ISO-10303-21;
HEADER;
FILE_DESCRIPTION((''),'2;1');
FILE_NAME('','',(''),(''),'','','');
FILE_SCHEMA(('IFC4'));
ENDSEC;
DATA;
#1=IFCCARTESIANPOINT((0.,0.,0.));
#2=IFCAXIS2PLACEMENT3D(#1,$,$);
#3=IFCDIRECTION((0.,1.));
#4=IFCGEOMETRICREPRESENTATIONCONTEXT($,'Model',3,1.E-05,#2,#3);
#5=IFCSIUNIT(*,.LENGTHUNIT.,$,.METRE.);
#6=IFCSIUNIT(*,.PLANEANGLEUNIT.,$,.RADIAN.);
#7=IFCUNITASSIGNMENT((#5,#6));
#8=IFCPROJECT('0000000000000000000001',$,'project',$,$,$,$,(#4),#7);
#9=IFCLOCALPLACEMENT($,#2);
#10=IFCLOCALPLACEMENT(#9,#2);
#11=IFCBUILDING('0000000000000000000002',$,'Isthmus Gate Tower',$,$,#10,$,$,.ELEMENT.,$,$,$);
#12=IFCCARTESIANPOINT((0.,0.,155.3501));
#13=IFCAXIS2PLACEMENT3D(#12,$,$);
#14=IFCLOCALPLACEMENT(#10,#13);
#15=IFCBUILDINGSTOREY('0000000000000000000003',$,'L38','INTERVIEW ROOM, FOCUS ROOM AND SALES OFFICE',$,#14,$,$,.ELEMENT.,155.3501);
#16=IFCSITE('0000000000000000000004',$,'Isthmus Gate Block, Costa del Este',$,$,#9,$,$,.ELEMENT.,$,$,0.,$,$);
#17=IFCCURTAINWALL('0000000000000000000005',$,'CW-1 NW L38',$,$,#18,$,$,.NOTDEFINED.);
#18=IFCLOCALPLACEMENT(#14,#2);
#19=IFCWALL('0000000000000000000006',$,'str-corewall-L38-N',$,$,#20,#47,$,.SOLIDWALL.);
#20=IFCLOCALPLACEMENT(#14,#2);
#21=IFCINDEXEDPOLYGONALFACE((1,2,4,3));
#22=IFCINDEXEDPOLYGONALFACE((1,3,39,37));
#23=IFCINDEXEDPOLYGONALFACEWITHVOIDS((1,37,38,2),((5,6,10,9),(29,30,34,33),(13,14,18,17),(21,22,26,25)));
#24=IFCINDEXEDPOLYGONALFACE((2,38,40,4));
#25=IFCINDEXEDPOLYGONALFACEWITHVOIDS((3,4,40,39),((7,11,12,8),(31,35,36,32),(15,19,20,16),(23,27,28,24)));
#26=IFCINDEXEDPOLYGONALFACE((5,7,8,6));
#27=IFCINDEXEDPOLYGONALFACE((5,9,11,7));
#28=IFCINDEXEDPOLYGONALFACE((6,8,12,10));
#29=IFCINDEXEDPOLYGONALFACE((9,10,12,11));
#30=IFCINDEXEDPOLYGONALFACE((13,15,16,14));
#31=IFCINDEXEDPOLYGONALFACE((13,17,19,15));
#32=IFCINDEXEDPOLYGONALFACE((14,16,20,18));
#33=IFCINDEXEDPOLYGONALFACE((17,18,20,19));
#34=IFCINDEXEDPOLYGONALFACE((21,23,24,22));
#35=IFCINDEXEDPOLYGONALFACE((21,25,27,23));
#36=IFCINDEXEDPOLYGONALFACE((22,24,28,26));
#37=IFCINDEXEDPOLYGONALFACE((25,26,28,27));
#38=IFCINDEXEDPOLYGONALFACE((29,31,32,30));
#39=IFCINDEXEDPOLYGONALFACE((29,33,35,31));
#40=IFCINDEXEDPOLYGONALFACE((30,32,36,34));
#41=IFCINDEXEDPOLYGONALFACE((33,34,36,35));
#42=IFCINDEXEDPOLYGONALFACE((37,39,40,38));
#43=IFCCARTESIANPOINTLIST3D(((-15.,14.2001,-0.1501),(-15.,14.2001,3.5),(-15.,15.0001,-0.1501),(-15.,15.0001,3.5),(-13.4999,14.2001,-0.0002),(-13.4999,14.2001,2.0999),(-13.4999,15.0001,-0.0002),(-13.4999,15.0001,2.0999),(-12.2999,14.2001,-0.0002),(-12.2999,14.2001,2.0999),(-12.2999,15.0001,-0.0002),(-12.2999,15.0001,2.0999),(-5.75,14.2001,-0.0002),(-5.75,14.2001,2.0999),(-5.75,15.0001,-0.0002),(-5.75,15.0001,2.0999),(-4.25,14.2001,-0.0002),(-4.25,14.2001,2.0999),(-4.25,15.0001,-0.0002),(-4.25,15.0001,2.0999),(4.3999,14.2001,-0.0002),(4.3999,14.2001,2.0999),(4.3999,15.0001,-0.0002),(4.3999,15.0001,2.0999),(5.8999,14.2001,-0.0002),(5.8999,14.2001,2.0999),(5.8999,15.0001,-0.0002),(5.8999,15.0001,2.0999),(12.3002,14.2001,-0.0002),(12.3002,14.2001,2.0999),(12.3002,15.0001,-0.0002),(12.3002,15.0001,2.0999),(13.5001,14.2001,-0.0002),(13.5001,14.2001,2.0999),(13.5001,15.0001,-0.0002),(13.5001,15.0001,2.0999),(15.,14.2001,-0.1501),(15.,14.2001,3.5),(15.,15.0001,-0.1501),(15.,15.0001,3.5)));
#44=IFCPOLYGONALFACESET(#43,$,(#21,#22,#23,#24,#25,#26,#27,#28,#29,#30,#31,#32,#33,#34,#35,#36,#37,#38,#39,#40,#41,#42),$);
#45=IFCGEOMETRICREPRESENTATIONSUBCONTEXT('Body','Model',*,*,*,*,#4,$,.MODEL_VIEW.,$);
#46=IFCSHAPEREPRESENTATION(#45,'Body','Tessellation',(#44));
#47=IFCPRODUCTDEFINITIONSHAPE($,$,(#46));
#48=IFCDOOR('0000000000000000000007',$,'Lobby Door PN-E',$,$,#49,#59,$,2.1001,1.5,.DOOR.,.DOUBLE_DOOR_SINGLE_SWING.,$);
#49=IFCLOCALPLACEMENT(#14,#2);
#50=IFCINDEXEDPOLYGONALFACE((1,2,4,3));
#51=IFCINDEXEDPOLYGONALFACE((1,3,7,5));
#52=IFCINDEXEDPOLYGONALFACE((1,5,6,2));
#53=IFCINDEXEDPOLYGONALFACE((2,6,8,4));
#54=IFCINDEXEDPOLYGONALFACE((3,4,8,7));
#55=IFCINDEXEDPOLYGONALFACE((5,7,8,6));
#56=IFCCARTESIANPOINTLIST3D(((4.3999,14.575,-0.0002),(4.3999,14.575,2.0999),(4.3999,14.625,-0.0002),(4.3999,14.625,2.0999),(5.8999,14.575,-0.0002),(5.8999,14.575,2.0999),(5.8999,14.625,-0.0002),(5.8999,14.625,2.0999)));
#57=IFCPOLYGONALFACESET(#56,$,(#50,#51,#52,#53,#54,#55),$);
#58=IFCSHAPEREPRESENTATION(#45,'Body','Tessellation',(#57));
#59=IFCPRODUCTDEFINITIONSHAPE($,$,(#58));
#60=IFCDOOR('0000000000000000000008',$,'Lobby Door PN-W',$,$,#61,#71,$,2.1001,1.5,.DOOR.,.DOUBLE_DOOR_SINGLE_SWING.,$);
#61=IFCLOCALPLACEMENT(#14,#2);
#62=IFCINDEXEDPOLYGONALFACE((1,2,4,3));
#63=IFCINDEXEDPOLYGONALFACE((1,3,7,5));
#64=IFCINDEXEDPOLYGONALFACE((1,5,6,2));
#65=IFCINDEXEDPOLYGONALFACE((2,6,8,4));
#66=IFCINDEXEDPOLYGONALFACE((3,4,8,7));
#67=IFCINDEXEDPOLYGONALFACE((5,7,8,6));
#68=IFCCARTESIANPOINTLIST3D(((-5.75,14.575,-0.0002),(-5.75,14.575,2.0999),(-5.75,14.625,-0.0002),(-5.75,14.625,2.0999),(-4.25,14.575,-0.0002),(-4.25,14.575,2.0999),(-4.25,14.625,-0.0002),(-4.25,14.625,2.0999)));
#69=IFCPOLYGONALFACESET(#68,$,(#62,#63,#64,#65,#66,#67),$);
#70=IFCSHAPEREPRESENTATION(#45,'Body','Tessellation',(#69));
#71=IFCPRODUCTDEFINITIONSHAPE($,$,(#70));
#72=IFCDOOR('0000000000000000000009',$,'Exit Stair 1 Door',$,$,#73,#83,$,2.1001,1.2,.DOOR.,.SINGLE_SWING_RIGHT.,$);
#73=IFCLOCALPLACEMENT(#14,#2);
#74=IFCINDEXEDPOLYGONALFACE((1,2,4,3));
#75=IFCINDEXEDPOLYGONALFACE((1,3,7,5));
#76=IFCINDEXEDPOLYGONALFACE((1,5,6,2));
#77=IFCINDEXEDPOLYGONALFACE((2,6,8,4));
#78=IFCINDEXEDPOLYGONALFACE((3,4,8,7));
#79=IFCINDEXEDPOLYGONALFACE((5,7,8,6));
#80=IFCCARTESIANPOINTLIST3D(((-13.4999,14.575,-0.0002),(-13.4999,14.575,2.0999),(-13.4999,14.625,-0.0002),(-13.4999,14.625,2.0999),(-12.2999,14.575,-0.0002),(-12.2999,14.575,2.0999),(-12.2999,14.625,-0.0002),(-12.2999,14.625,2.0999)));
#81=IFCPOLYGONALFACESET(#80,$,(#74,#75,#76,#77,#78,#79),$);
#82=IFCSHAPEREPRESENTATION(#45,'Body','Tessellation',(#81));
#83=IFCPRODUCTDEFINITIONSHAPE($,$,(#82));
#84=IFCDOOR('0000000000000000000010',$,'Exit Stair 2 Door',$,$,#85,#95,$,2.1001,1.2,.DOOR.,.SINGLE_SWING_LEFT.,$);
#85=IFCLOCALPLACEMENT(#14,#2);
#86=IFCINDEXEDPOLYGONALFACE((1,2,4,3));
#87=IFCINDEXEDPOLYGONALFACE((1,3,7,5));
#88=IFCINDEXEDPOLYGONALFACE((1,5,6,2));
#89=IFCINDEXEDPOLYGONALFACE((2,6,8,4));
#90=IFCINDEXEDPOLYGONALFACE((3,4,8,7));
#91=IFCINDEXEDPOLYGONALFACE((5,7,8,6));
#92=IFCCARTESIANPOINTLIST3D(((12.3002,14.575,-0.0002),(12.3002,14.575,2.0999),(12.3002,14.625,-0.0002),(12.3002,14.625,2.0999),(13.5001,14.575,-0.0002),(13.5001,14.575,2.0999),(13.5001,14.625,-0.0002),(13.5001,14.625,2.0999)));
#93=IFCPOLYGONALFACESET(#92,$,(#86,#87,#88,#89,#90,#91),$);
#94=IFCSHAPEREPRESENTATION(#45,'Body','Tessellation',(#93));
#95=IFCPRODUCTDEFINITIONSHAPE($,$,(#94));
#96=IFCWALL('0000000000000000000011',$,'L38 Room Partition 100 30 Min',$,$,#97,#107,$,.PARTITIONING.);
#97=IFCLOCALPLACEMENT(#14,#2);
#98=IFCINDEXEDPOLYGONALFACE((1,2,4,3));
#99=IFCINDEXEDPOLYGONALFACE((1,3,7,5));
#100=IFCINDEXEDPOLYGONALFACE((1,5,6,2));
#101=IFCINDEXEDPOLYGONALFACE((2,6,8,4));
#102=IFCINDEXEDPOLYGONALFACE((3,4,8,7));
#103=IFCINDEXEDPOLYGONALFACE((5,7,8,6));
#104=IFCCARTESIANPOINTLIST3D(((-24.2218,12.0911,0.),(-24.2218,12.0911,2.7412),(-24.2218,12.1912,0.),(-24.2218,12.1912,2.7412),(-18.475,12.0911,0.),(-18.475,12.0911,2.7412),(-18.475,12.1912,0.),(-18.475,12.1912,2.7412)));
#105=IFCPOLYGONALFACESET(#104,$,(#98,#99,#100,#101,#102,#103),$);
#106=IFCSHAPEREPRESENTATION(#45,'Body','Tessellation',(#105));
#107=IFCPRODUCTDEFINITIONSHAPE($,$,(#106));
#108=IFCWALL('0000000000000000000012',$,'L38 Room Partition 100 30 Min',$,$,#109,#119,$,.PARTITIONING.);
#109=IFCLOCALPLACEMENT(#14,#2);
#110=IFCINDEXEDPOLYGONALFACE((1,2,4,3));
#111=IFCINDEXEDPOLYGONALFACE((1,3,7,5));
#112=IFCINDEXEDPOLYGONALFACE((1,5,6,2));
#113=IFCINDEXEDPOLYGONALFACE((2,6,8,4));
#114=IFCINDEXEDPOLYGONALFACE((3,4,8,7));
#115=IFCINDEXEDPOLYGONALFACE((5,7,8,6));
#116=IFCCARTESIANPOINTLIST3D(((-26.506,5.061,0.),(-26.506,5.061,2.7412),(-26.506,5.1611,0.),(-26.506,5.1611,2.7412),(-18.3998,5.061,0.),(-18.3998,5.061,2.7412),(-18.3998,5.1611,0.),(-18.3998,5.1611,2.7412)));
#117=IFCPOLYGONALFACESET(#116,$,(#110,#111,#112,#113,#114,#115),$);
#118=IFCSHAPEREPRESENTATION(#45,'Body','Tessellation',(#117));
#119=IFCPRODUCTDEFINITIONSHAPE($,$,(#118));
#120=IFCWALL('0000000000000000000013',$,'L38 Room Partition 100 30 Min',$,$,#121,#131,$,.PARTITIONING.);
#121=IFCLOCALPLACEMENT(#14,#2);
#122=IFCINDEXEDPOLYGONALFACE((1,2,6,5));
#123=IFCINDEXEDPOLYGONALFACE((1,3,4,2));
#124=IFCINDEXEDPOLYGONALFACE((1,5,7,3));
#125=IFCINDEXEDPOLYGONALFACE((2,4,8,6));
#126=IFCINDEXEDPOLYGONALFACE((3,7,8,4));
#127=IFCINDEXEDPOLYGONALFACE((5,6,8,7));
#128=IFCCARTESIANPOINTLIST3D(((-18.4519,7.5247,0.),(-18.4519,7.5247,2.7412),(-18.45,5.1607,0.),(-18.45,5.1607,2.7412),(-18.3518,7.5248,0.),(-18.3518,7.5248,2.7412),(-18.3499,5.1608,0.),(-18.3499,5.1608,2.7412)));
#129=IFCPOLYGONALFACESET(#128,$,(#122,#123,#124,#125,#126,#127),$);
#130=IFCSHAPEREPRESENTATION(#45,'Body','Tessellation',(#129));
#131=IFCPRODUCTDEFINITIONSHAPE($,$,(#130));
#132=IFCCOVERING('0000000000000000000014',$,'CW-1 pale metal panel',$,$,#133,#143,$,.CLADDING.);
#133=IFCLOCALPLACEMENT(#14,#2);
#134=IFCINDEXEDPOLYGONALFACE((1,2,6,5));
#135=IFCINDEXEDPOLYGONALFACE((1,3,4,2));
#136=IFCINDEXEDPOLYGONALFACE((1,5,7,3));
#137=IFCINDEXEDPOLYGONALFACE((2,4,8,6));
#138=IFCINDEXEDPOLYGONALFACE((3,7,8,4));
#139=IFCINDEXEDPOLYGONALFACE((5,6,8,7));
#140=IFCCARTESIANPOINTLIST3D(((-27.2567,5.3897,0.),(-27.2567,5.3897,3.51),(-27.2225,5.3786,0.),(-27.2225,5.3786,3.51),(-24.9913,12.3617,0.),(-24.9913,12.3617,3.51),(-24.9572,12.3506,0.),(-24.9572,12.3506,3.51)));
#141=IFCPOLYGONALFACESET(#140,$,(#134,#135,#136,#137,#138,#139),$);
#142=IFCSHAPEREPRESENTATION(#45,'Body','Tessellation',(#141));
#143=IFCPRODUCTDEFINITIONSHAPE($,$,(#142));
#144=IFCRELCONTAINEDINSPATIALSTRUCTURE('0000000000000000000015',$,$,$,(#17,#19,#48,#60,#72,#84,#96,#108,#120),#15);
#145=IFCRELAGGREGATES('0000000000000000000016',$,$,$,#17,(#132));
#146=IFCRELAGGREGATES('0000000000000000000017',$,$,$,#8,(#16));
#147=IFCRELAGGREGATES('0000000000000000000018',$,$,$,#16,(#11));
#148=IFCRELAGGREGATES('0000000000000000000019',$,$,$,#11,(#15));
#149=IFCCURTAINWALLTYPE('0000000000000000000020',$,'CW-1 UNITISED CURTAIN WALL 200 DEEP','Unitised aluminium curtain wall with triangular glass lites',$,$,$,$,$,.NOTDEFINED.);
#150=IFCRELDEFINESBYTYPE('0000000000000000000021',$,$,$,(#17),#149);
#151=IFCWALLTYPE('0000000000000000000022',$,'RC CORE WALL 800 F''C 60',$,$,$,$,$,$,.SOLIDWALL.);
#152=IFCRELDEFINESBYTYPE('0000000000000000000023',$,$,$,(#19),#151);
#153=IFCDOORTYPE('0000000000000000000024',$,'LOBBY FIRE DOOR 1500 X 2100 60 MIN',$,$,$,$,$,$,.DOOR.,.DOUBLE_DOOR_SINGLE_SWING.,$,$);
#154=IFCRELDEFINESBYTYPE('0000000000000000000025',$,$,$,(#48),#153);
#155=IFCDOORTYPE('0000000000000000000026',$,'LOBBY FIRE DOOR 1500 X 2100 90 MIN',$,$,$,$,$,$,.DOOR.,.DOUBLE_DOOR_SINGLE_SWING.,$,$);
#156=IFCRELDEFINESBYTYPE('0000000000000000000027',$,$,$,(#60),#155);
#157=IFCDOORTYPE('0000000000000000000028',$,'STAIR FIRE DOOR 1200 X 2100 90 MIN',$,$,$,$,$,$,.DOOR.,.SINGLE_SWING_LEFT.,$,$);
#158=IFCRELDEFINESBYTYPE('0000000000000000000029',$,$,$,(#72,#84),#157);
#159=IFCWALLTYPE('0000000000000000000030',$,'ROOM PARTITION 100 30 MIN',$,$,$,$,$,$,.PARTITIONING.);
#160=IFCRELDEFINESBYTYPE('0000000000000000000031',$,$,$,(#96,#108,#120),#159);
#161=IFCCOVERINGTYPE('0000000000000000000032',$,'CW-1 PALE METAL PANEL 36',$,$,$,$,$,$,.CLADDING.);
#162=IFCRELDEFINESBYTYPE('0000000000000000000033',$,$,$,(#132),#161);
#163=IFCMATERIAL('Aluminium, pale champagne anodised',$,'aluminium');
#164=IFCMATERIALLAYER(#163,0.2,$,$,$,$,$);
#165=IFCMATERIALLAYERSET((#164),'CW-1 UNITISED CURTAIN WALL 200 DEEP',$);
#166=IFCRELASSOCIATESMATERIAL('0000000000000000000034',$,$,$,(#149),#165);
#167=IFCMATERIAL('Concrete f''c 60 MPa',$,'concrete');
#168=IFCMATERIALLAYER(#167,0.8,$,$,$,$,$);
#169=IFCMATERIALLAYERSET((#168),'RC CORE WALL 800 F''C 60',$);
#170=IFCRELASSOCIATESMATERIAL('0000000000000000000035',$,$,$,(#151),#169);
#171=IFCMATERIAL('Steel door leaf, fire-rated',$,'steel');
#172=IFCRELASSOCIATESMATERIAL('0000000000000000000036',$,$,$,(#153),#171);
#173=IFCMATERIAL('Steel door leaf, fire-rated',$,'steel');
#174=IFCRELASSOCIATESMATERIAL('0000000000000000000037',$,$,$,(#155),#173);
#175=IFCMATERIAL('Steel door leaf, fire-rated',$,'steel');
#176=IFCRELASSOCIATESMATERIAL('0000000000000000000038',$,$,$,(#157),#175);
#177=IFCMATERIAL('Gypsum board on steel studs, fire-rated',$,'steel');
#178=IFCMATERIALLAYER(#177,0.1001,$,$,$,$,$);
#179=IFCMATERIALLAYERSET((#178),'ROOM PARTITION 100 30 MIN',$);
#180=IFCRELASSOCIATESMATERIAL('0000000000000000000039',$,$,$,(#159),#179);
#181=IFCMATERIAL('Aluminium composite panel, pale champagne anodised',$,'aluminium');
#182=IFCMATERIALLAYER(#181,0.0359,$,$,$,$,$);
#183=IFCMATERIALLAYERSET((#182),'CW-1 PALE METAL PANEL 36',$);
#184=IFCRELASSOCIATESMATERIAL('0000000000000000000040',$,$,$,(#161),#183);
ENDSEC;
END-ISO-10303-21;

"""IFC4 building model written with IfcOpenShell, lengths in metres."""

from ifc_helpers import new_model, si_unit, direction, frame, frame_2d, origin, origin_2d, place, context, subcontext, project, spatial, rectangle, extrude, material, layer, layer_set, type_object, element, fill, aggregate, save


model = new_model("IFC4")

# Units and contexts
model_context = context("Model", 3, precision=1e-05, world=origin(), true_north=direction((0.0, 1.0)))
body_context = subcontext(model_context, "Body", "Model", "MODEL_VIEW")
ifc_project = project(units=[si_unit("LENGTHUNIT", "METRE"), si_unit("PLANEANGLEUNIT", "RADIAN")], contexts=[model_context])

# Site, building, storey
site_placement = place(None, origin())
site = spatial("IfcSite", under=ifc_project, at=site_placement, Name="Isthmus Gate Block, Costa del Este", CompositionType="ELEMENT", RefElevation=0.0)
building_placement = place(site_placement, origin())
building = spatial("IfcBuilding", under=site, at=building_placement, Name="Isthmus Gate Tower", CompositionType="ELEMENT")
storey_placement = place(building_placement, frame((0.0, 0.0, 155.3501)))
storey = spatial("IfcBuildingStorey", under=building, at=storey_placement, Name="L38", Description="INTERVIEW ROOM, FOCUS ROOM AND SALES OFFICE", CompositionType="ELEMENT", Elevation=155.3501)

# Curtain wall
ifc_material_1 = material(Name="Aluminium, pale champagne anodised", Category="aluminium")
ifc_layer_1 = layer(ifc_material_1, 0.2)
ifc_layer_set_1 = layer_set([ifc_layer_1], Name="CW-1 UNITISED CURTAIN WALL 200 DEEP")
curtain_wall_type = type_object("IfcCurtainWallType", Name="CW-1 UNITISED CURTAIN WALL 200 DEEP", Description="Unitised aluminium curtain wall with triangular glass lites", PredefinedType="NOTDEFINED", material=ifc_layer_set_1)
curtain_wall_placement = place(storey_placement, origin())
curtain_wall = element("IfcCurtainWall", 1, at=curtain_wall_placement, inside=storey, type_object=curtain_wall_type, Name="CW-1 NW L38", PredefinedType="NOTDEFINED")

# Wall, openings, doors
ifc_material_2 = material(Name="Concrete f'c 60 MPa", Category="concrete")
ifc_layer_2 = layer(ifc_material_2, 0.8)
ifc_layer_set_2 = layer_set([ifc_layer_2], Name="RC CORE WALL 800 F'C 60")
wall_type_1 = type_object("IfcWallType", Name="RC CORE WALL 800 F'C 60", PredefinedType="SOLIDWALL", material=ifc_layer_set_2)
wall_1_placement = place(storey_placement, frame((-15.0, 14.6001, -0.1501), z_axis=(0.0, 0.0, 1.0), x_axis=(1.0, 0.0, 0.0)))
wall_1 = element("IfcWall", 2, at=wall_1_placement, inside=storey, type_object=wall_type_1, Name="str-corewall-L38-N", PredefinedType="SOLIDWALL", context=body_context, shape_type="SweptSolid", body=[
    extrude(rectangle(XDim=30.0, YDim=0.8, at=frame_2d((15.0, 0.0))), origin(), (0.0, 0.0, 1.0), 3.6501),
])
opening_1_placement = place(wall_1_placement, frame((9.25, 0.0, 0.1499)))
opening_1 = element("IfcOpeningElement", 3, at=opening_1_placement, cuts=wall_1, PredefinedType="OPENING", context=body_context, shape_type="SweptSolid", body=[
    extrude(rectangle(XDim=1.5, YDim=2.1001, at=frame_2d((0.75, 1.05))), frame((0.0, 0.4099, 0.0), z_axis=(0.0, -1.0, 0.0), x_axis=(1.0, 0.0, 0.0)), (0.0, 0.0, 1.0), 0.8201),
])
opening_2_placement = place(wall_1_placement, frame((19.3999, 0.0, 0.1499)))
opening_2 = element("IfcOpeningElement", 4, at=opening_2_placement, cuts=wall_1, PredefinedType="OPENING", context=body_context, shape_type="SweptSolid", body=[
    extrude(rectangle(XDim=1.5, YDim=2.1001, at=frame_2d((0.75, 1.05))), frame((0.0, 0.4099, 0.0), z_axis=(0.0, -1.0, 0.0), x_axis=(1.0, 0.0, 0.0)), (0.0, 0.0, 1.0), 0.8201),
])
opening_3_placement = place(wall_1_placement, frame((1.5, 0.0, 0.1499)))
opening_3 = element("IfcOpeningElement", 5, at=opening_3_placement, cuts=wall_1, PredefinedType="OPENING", context=body_context, shape_type="SweptSolid", body=[
    extrude(rectangle(XDim=1.2, YDim=2.1001, at=frame_2d((0.6001, 1.05))), frame((0.0, 0.4099, 0.0), z_axis=(0.0, -1.0, 0.0), x_axis=(1.0, 0.0, 0.0)), (0.0, 0.0, 1.0), 0.8201),
])
opening_4_placement = place(wall_1_placement, frame((27.3, 0.0, 0.1499)))
opening_4 = element("IfcOpeningElement", 6, at=opening_4_placement, cuts=wall_1, PredefinedType="OPENING", context=body_context, shape_type="SweptSolid", body=[
    extrude(rectangle(XDim=1.2, YDim=2.1001, at=frame_2d((0.6001, 1.05))), frame((0.0, 0.4099, 0.0), z_axis=(0.0, -1.0, 0.0), x_axis=(1.0, 0.0, 0.0)), (0.0, 0.0, 1.0), 0.8201),
])
ifc_material_3 = material(Name="Steel door leaf, fire-rated", Category="steel")
door_type_1 = type_object("IfcDoorType", Name="LOBBY FIRE DOOR 1500 X 2100 60 MIN", OperationType="DOUBLE_DOOR_SINGLE_SWING", PredefinedType="DOOR", material=ifc_material_3)
door_1_placement = place(opening_2_placement, origin())
door_1 = element("IfcDoor", 7, at=door_1_placement, inside=storey, type_object=door_type_1, Name="Lobby Door PN-E", OperationType="DOUBLE_DOOR_SINGLE_SWING", OverallHeight=2.1001, OverallWidth=1.5, PredefinedType="DOOR", context=body_context, shape_type="SweptSolid", body=[
    extrude(rectangle(XDim=1.5, YDim=2.1001, at=frame_2d((0.75, 1.05))), frame((0.0, 0.0249, 0.0), z_axis=(0.0, -1.0, 0.0), x_axis=(1.0, 0.0, 0.0)), (0.0, 0.0, 1.0), 0.05),
])
fill(opening_2, door_1)
ifc_material_4 = material(Name="Steel door leaf, fire-rated", Category="steel")
door_type_2 = type_object("IfcDoorType", Name="LOBBY FIRE DOOR 1500 X 2100 90 MIN", OperationType="DOUBLE_DOOR_SINGLE_SWING", PredefinedType="DOOR", material=ifc_material_4)
door_2_placement = place(opening_1_placement, origin())
door_2 = element("IfcDoor", 8, at=door_2_placement, inside=storey, type_object=door_type_2, Name="Lobby Door PN-W", OperationType="DOUBLE_DOOR_SINGLE_SWING", OverallHeight=2.1001, OverallWidth=1.5, PredefinedType="DOOR", context=body_context, shape_type="SweptSolid", body=[
    extrude(rectangle(XDim=1.5, YDim=2.1001, at=frame_2d((0.75, 1.05))), frame((0.0, 0.0249, 0.0), z_axis=(0.0, -1.0, 0.0), x_axis=(1.0, 0.0, 0.0)), (0.0, 0.0, 1.0), 0.05),
])
fill(opening_1, door_2)
ifc_material_5 = material(Name="Steel door leaf, fire-rated", Category="steel")
door_type_3 = type_object("IfcDoorType", Name="STAIR FIRE DOOR 1200 X 2100 90 MIN", OperationType="SINGLE_SWING_LEFT", PredefinedType="DOOR", material=ifc_material_5)
door_3_placement = place(opening_3_placement, origin())
door_3 = element("IfcDoor", 9, at=door_3_placement, inside=storey, type_object=door_type_3, Name="Exit Stair 1 Door", OperationType="SINGLE_SWING_RIGHT", OverallHeight=2.1001, OverallWidth=1.2, PredefinedType="DOOR", context=body_context, shape_type="SweptSolid", body=[
    extrude(rectangle(XDim=1.2, YDim=2.1001, at=frame_2d((0.6001, 1.05))), frame((0.0, 0.0249, 0.0), z_axis=(0.0, -1.0, 0.0), x_axis=(1.0, 0.0, 0.0)), (0.0, 0.0, 1.0), 0.05),
])
fill(opening_3, door_3)
door_4_placement = place(opening_4_placement, origin())
door_4 = element("IfcDoor", 10, at=door_4_placement, inside=storey, type_object=door_type_3, Name="Exit Stair 2 Door", OperationType="SINGLE_SWING_LEFT", OverallHeight=2.1001, OverallWidth=1.2, PredefinedType="DOOR", context=body_context, shape_type="SweptSolid", body=[
    extrude(rectangle(XDim=1.2, YDim=2.1001, at=frame_2d((0.6001, 1.05))), frame((0.0, 0.0249, 0.0), z_axis=(0.0, -1.0, 0.0), x_axis=(1.0, 0.0, 0.0)), (0.0, 0.0, 1.0), 0.05),
])
fill(opening_4, door_4)

# Walls
ifc_material_6 = material(Name="Gypsum board on steel studs, fire-rated", Category="steel")
ifc_layer_3 = layer(ifc_material_6, 0.1001)
ifc_layer_set_3 = layer_set([ifc_layer_3], Name="ROOM PARTITION 100 30 MIN")
wall_type_2 = type_object("IfcWallType", Name="ROOM PARTITION 100 30 MIN", PredefinedType="PARTITIONING", material=ifc_layer_set_3)
wall_2_placement = place(storey_placement, frame((-24.2219, 12.1411, 0.0), z_axis=(0.0, 0.0, 1.0), x_axis=(1.0, 0.0, 0.0)))
element("IfcWall", 11, at=wall_2_placement, inside=storey, type_object=wall_type_2, Name="L38 Room Partition 100 30 Min", PredefinedType="PARTITIONING", context=body_context, shape_type="SweptSolid", body=[
    extrude(rectangle(XDim=5.7468, YDim=0.1001, at=frame_2d((2.8735, 0.0))), origin(), (0.0, 0.0, 1.0), 2.7412),
])
wall_3_placement = place(storey_placement, frame((-26.5061, 5.1111, 0.0), z_axis=(0.0, 0.0, 1.0), x_axis=(1.0, 0.0, 0.0)))
element("IfcWall", 12, at=wall_3_placement, inside=storey, type_object=wall_type_2, Name="L38 Room Partition 100 30 Min", PredefinedType="PARTITIONING", context=body_context, shape_type="SweptSolid", body=[
    extrude(rectangle(XDim=8.1062, YDim=0.1001, at=frame_2d((4.0532, 0.0))), origin(), (0.0, 0.0, 1.0), 2.7412),
])
wall_4_placement = place(storey_placement, frame((-18.4019, 7.5249, 0.0), z_axis=(0.0, 0.0, 1.0), x_axis=(0.000826, -1.0, 0.0)))
element("IfcWall", 13, at=wall_4_placement, inside=storey, type_object=wall_type_2, Name="L38 Room Partition 100 30 Min", PredefinedType="PARTITIONING", context=body_context, shape_type="SweptSolid", body=[
    extrude(rectangle(XDim=2.364, YDim=0.1001, at=frame_2d((1.1821, 0.0))), origin(), (0.0, 0.0, 1.0), 2.7412),
])

# Covering
ifc_material_7 = material(Name="Aluminium composite panel, pale champagne anodised", Category="aluminium")
ifc_layer_4 = layer(ifc_material_7, 0.0359)
ifc_layer_set_4 = layer_set([ifc_layer_4], Name="CW-1 PALE METAL PANEL 36")
covering_type = type_object("IfcCoveringType", Name="CW-1 PALE METAL PANEL 36", PredefinedType="CLADDING", material=ifc_layer_set_4)
covering_placement = place(storey_placement, frame((-26.1069, 8.8701, 0.0), z_axis=(0.0, 0.0, 1.0), x_axis=(-0.309017, -0.951057, 0.0)))
covering = element("IfcCovering", 14, at=covering_placement, type_object=covering_type, Name="CW-1 pale metal panel", PredefinedType="CLADDING", context=body_context, shape_type="SweptSolid", body=[
    extrude(rectangle(XDim=7.3308, YDim=0.0359, at=origin_2d()), origin(), (0.0, 0.0, 1.0), 3.51),
])
aggregate(curtain_wall, [covering])

save(model, "model.ifc")
